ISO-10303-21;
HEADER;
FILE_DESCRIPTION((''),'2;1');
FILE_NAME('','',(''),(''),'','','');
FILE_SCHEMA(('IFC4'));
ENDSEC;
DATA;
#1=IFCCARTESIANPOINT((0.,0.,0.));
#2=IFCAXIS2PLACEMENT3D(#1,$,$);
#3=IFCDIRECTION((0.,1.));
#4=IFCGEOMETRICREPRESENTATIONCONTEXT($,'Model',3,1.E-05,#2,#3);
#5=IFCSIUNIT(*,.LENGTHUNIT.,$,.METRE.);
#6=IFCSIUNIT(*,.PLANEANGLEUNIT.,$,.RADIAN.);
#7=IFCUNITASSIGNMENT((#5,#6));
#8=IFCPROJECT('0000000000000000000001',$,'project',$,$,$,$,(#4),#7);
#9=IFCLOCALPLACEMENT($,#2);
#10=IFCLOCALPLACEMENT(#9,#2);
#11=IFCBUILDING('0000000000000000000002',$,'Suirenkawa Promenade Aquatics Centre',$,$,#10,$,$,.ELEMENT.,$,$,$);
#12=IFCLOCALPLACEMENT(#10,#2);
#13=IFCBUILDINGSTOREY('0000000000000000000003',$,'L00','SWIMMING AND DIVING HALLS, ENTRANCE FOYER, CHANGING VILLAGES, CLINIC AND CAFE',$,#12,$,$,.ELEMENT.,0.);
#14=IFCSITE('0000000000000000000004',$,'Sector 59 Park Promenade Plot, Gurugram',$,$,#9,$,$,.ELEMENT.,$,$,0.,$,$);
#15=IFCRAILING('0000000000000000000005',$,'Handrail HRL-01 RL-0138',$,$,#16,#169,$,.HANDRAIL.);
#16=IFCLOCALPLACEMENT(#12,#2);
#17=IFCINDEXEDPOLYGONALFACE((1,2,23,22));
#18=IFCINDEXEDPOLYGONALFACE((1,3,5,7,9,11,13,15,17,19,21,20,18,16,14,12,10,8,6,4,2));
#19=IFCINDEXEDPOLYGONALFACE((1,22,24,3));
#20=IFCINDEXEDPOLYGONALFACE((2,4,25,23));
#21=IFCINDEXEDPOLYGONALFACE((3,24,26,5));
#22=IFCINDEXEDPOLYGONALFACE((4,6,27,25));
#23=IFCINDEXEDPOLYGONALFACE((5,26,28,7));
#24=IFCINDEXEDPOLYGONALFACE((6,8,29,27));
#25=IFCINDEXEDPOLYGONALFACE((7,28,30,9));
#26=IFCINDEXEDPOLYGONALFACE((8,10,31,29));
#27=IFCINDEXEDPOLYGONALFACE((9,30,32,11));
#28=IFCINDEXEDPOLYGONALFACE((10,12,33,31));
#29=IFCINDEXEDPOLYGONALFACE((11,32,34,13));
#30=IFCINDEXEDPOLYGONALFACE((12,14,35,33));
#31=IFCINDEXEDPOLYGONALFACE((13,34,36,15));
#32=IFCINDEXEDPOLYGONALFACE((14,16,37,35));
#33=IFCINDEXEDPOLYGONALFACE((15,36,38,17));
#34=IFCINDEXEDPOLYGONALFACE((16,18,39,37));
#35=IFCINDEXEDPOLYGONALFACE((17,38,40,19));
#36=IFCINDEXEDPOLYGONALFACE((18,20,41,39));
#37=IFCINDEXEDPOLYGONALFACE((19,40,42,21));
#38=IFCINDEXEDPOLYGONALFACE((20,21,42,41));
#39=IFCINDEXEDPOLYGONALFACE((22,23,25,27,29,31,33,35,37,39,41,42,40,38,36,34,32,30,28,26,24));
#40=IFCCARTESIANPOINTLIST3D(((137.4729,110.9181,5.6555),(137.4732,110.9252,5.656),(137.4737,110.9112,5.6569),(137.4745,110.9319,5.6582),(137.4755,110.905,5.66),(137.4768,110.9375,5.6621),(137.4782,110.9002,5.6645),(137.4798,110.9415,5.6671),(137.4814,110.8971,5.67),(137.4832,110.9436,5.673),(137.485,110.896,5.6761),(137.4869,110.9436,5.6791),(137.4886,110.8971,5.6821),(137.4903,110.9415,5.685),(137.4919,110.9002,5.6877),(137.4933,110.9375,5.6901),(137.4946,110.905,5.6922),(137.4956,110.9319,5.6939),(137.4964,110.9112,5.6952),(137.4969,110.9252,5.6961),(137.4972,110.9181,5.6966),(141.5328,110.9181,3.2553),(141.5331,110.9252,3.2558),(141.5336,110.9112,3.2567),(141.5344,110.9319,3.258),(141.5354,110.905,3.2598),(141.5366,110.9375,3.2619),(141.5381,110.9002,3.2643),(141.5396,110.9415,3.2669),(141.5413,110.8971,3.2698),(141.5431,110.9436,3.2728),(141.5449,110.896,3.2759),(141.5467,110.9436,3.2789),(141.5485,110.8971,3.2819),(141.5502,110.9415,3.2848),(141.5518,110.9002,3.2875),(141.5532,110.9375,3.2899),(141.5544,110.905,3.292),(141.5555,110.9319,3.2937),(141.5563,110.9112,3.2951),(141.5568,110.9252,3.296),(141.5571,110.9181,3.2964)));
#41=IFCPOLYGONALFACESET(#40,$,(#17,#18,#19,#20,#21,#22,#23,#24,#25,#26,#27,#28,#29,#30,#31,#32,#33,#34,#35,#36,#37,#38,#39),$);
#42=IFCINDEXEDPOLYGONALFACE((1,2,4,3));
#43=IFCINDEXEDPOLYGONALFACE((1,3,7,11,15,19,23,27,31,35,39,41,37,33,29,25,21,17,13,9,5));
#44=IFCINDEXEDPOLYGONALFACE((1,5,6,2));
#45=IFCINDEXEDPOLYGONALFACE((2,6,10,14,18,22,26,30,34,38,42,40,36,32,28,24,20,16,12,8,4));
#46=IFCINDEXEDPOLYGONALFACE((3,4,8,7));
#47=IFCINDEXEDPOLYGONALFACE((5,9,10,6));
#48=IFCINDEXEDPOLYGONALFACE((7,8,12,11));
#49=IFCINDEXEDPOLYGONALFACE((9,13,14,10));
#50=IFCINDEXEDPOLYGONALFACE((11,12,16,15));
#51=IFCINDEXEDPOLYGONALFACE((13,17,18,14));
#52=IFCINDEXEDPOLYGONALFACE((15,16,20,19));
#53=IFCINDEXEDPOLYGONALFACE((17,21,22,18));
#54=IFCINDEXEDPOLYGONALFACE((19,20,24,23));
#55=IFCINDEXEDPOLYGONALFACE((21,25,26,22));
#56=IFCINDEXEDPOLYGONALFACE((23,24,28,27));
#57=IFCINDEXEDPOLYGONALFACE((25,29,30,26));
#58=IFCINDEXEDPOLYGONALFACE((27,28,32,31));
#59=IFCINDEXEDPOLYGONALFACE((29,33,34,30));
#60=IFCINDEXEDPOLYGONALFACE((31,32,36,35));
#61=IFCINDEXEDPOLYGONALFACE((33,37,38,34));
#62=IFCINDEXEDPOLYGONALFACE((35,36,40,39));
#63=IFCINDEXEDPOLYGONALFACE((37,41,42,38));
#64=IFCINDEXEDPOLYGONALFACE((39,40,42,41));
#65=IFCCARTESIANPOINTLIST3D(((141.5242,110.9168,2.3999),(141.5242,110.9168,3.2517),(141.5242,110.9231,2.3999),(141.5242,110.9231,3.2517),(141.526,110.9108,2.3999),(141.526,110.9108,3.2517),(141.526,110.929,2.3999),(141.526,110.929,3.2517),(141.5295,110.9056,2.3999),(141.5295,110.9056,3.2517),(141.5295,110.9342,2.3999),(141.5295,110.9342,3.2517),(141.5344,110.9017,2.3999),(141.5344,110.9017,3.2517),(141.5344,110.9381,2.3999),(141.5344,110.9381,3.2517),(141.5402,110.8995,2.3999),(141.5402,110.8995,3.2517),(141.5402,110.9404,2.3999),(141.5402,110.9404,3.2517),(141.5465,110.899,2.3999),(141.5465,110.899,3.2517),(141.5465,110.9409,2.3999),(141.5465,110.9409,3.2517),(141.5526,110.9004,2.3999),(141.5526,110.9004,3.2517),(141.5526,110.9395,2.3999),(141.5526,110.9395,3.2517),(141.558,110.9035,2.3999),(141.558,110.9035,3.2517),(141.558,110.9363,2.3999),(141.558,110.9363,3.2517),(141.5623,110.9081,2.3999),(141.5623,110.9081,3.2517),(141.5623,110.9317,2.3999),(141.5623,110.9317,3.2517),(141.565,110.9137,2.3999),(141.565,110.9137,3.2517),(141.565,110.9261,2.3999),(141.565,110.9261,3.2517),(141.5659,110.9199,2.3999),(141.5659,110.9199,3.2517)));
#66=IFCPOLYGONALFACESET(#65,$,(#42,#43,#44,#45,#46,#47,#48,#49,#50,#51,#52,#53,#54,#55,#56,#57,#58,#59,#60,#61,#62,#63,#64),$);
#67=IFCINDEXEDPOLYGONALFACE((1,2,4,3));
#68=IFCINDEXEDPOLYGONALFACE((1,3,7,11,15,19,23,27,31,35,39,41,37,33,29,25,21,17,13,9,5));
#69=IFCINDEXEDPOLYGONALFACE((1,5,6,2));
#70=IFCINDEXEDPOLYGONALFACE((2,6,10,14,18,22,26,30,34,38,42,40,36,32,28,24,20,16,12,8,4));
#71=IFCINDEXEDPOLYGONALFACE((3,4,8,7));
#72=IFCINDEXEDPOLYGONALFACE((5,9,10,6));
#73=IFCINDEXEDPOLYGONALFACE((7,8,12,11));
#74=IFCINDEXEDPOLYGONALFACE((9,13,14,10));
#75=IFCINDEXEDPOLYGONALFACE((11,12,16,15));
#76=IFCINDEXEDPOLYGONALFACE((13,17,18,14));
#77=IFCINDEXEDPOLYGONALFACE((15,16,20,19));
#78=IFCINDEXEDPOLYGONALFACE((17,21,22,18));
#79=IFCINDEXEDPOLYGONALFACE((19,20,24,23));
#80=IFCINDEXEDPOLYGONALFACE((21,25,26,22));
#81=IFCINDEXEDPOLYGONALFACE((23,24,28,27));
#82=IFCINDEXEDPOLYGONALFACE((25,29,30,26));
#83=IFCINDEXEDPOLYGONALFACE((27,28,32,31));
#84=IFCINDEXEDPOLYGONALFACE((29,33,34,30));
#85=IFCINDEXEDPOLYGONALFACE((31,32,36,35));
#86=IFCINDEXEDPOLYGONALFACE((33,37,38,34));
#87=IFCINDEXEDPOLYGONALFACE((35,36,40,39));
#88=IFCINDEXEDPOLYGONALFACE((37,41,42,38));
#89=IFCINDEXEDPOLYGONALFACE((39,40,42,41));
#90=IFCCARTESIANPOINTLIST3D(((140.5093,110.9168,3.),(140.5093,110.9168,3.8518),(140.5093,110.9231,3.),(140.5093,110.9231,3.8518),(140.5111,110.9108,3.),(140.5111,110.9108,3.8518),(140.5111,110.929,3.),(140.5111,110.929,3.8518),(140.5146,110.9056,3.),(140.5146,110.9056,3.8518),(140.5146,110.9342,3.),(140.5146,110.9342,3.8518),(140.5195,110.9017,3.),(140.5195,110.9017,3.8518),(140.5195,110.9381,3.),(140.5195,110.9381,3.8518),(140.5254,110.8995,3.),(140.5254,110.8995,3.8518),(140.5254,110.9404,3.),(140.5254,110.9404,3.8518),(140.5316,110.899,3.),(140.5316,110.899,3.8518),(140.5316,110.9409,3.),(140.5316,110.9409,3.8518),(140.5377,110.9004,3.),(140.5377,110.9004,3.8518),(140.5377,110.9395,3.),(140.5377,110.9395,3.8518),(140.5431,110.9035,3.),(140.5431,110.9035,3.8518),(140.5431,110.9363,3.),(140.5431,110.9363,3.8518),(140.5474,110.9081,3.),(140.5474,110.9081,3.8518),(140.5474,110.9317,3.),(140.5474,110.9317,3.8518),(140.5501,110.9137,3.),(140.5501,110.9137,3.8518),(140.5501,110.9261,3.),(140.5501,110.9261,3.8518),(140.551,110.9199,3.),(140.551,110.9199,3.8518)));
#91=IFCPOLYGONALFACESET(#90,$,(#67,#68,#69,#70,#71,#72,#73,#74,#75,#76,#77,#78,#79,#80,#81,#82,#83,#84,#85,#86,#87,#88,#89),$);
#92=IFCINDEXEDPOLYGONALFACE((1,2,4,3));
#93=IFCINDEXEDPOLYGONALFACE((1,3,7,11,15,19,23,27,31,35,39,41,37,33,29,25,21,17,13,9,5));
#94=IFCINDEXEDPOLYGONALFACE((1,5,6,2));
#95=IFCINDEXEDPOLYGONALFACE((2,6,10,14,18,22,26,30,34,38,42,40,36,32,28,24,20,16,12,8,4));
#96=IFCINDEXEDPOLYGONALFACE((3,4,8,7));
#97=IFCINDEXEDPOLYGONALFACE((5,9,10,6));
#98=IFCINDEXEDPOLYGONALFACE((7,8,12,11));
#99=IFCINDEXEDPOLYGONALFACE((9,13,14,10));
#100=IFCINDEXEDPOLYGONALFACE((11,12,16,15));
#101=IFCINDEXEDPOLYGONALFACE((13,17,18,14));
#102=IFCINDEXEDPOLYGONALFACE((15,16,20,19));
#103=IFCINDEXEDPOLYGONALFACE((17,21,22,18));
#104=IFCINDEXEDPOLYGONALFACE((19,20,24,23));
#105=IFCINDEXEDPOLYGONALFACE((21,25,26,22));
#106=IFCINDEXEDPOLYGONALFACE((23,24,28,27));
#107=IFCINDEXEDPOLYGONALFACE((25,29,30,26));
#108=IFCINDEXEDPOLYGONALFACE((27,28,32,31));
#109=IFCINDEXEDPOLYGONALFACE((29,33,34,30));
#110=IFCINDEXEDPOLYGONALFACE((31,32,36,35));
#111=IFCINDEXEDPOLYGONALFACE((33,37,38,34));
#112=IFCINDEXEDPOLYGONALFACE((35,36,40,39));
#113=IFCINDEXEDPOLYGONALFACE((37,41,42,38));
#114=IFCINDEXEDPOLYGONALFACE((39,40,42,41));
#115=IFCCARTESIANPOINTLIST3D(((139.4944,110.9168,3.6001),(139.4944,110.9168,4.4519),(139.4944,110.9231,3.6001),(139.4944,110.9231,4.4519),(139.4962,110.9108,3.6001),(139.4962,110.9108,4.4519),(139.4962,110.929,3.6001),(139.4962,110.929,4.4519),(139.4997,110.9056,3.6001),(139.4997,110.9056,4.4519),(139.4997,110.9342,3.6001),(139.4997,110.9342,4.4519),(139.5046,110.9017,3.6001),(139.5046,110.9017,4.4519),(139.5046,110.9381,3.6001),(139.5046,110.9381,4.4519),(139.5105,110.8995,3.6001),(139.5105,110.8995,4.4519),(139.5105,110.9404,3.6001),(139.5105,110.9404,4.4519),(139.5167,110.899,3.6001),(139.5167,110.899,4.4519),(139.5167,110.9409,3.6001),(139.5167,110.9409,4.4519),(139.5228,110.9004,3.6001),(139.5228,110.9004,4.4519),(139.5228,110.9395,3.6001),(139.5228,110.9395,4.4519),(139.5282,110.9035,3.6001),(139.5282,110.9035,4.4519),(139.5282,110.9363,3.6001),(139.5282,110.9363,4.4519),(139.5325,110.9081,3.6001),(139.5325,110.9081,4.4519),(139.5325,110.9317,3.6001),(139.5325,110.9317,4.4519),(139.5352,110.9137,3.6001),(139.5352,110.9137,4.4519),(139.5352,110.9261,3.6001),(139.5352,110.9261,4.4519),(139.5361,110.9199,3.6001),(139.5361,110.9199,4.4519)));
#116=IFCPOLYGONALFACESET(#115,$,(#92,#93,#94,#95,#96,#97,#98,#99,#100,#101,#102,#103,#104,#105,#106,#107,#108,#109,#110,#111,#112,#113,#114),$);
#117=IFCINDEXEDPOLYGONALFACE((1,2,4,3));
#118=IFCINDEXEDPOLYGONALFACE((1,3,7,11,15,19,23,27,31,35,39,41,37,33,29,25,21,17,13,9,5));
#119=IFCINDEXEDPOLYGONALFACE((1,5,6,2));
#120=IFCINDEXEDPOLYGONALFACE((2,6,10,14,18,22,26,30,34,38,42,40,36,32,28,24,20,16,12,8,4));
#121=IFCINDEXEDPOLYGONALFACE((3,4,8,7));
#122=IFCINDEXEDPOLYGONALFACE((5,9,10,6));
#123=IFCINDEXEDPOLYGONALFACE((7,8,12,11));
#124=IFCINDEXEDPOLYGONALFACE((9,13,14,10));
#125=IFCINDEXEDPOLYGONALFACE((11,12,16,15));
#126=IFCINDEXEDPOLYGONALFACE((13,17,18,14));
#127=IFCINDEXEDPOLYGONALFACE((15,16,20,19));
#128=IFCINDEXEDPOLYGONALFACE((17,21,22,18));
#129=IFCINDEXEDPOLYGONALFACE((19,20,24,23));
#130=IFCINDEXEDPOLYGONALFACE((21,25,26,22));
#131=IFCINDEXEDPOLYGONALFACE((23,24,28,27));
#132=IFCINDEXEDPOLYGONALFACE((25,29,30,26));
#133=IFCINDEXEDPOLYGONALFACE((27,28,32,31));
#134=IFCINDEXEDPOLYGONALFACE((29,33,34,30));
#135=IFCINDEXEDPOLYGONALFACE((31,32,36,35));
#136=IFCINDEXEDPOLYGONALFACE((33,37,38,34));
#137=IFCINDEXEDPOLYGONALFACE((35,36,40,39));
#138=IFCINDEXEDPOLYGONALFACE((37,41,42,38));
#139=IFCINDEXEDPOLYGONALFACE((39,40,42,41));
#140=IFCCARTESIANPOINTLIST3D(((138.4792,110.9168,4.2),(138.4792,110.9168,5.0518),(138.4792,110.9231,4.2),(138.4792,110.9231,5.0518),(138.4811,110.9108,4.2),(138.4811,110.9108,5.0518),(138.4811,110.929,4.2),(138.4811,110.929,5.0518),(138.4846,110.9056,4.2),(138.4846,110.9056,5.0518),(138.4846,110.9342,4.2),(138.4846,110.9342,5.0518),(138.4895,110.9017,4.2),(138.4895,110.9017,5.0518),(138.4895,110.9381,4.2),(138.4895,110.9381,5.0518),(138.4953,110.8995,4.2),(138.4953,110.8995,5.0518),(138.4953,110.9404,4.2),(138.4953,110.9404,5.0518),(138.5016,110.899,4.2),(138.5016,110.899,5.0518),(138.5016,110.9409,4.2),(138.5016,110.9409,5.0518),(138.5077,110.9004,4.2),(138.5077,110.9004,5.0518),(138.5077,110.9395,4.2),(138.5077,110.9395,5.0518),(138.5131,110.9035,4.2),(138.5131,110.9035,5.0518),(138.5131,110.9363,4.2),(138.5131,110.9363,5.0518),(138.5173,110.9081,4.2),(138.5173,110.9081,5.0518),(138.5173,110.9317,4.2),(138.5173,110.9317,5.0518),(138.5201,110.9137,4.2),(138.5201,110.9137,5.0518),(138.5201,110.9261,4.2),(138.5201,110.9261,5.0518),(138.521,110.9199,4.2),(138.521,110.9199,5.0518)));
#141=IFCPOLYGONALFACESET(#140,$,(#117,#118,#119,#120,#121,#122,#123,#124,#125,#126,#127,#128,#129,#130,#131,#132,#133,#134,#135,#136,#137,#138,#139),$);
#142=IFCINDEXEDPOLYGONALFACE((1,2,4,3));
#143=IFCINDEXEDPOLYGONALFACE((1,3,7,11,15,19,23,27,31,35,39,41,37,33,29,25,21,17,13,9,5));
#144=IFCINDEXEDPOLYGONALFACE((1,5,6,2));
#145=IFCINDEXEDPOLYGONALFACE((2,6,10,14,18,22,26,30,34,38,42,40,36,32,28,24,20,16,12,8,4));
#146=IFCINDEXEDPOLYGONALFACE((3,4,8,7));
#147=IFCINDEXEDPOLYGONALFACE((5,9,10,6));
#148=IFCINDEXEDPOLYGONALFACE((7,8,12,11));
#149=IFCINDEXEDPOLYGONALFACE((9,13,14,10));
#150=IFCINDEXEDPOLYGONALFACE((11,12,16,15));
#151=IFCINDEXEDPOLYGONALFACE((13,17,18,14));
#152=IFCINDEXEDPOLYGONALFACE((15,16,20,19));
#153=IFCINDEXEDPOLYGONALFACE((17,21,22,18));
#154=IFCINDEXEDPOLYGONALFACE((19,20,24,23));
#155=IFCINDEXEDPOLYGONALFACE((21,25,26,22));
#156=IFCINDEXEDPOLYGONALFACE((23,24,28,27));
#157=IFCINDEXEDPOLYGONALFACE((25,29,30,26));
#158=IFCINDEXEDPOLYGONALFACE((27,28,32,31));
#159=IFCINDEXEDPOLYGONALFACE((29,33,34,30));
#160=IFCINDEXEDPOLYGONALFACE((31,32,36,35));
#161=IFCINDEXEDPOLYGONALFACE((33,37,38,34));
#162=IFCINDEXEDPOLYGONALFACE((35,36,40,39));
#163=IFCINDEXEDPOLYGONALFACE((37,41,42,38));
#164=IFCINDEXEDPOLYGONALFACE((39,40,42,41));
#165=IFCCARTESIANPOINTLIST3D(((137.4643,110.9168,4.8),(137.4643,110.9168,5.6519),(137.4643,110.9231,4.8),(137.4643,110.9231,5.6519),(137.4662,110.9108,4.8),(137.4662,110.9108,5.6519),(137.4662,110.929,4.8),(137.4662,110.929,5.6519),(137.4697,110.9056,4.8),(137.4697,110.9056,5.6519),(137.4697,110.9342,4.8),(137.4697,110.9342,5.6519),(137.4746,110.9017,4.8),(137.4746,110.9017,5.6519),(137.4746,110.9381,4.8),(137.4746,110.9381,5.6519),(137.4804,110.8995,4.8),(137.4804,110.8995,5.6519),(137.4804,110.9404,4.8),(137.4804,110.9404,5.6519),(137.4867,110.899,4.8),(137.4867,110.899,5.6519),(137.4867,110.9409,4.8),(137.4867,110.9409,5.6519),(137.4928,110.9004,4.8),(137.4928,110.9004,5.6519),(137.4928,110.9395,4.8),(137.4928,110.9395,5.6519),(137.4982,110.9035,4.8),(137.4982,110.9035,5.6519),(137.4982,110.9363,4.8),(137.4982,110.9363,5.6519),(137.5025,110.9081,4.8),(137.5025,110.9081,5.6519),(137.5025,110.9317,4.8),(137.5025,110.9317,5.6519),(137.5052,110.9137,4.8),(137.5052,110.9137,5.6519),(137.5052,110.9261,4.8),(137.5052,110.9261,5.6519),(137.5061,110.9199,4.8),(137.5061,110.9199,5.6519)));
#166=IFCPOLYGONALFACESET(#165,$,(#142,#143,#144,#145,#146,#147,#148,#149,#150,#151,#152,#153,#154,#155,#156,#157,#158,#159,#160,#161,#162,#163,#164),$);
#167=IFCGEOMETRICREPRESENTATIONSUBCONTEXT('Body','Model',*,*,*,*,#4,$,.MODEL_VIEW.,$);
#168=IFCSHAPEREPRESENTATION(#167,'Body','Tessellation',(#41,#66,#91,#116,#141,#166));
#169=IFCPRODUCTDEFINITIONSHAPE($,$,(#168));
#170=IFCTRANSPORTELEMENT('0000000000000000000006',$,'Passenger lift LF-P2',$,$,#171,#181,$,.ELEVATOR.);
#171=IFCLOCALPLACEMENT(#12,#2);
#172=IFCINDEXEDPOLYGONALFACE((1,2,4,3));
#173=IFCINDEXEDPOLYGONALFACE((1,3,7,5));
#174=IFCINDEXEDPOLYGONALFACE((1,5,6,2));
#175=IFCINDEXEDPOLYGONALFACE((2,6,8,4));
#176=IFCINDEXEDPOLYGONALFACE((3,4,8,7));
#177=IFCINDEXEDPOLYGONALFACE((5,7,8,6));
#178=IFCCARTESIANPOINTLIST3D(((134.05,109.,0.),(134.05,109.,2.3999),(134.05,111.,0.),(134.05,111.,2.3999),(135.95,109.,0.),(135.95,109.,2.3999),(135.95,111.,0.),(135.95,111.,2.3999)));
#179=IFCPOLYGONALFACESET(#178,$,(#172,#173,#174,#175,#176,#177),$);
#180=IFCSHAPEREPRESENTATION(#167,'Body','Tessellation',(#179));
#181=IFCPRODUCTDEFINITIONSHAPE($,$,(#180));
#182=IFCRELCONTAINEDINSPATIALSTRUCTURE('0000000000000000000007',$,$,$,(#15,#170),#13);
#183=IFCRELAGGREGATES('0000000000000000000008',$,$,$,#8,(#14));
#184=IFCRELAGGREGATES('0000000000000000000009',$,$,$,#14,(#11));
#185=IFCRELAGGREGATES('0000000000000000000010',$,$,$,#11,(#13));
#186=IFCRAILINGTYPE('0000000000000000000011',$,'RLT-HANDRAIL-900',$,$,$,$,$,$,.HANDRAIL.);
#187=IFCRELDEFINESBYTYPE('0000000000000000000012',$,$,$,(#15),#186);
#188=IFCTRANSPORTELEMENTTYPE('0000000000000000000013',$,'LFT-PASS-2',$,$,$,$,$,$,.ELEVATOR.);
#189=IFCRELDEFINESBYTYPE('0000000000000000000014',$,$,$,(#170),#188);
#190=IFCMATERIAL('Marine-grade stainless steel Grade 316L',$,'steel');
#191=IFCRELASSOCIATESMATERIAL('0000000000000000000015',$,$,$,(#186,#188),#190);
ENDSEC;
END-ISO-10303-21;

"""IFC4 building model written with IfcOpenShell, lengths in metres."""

from ifc_helpers import new_model, si_unit, direction, frame, origin, origin_2d, place, context, subcontext, project, spatial, rectangle, circle, extrude, material, type_object, element, save


model = new_model("IFC4")

# Units and contexts
model_context = context("Model", 3, precision=1e-05, world=origin(), true_north=direction((0.0, 1.0)))
body_context = subcontext(model_context, "Body", "Model", "MODEL_VIEW")
ifc_project = project(units=[si_unit("LENGTHUNIT", "METRE"), si_unit("PLANEANGLEUNIT", "RADIAN")], contexts=[model_context])

# Site, building, storey
site_placement = place(None, origin())
site = spatial("IfcSite", under=ifc_project, at=site_placement, Name="Sector 59 Park Promenade Plot, Gurugram", CompositionType="ELEMENT", RefElevation=0.0)
building_placement = place(site_placement, origin())
building = spatial("IfcBuilding", under=site, at=building_placement, Name="Suirenkawa Promenade Aquatics Centre", CompositionType="ELEMENT")
storey_placement = place(building_placement, origin())
storey = spatial("IfcBuildingStorey", under=building, at=storey_placement, Name="L00", Description="SWIMMING AND DIVING HALLS, ENTRANCE FOYER, CHANGING VILLAGES, CLINIC AND CAFE", CompositionType="ELEMENT", Elevation=0.0)

# Railing
ifc_material_1 = material(Name="Marine-grade stainless steel Grade 316L", Category="steel")
railing_type_1 = type_object("IfcRailingType", Name="RLT-HANDRAIL-900", PredefinedType="HANDRAIL", material=ifc_material_1)
railing_1_placement = place(storey_placement, frame((141.5449, 110.9199, 2.3999)))
element("IfcRailing", 1, at=railing_1_placement, inside=storey, type_object=railing_type_1, Name="Handrail HRL-01 RL-0138", PredefinedType="HANDRAIL", context=body_context, shape_type="SweptSolid", body=[
    extrude(circle(Radius=0.0239, at=origin_2d()), frame((0.0, 0.0, 0.876), z_axis=(-0.860818, 0.0, 0.508912), x_axis=(0.0, -1.0, 0.0)), (0.0, 0.0, 1.0), 4.7163),
    extrude(circle(Radius=0.021, at=origin_2d()), origin(), (0.0, 0.0, 1.0), 0.8518),
    extrude(circle(Radius=0.021, at=origin_2d()), frame((-1.0149, 0.0, 0.6001)), (0.0, 0.0, 1.0), 0.8518),
    extrude(circle(Radius=0.021, at=origin_2d()), frame((-2.0298, 0.0, 1.2002)), (0.0, 0.0, 1.0), 0.8518),
    extrude(circle(Radius=0.021, at=origin_2d()), frame((-3.0449, 0.0, 1.8)), (0.0, 0.0, 1.0), 0.8518),
    extrude(circle(Radius=0.021, at=origin_2d()), frame((-4.0598, 0.0, 2.4001)), (0.0, 0.0, 1.0), 0.8518),
])

# Transport element
transport_element_type = type_object("IfcTransportElementType", Name="LFT-PASS-2", PredefinedType="ELEVATOR", material=ifc_material_1)
transport_element_placement = place(storey_placement, frame((135.0, 110.0, 0.0), z_axis=(0.0, 0.0, 1.0), x_axis=(1.0, 0.0, 0.0)))
element("IfcTransportElement", 2, at=transport_element_placement, inside=storey, type_object=transport_element_type, Name="Passenger lift LF-P2", PredefinedType="ELEVATOR", context=body_context, shape_type="SweptSolid", body=[
    extrude(rectangle(XDim=1.8999, YDim=2.0, at=origin_2d()), origin(), (0.0, 0.0, 1.0), 2.3999),
])

save(model, "model.ifc")
